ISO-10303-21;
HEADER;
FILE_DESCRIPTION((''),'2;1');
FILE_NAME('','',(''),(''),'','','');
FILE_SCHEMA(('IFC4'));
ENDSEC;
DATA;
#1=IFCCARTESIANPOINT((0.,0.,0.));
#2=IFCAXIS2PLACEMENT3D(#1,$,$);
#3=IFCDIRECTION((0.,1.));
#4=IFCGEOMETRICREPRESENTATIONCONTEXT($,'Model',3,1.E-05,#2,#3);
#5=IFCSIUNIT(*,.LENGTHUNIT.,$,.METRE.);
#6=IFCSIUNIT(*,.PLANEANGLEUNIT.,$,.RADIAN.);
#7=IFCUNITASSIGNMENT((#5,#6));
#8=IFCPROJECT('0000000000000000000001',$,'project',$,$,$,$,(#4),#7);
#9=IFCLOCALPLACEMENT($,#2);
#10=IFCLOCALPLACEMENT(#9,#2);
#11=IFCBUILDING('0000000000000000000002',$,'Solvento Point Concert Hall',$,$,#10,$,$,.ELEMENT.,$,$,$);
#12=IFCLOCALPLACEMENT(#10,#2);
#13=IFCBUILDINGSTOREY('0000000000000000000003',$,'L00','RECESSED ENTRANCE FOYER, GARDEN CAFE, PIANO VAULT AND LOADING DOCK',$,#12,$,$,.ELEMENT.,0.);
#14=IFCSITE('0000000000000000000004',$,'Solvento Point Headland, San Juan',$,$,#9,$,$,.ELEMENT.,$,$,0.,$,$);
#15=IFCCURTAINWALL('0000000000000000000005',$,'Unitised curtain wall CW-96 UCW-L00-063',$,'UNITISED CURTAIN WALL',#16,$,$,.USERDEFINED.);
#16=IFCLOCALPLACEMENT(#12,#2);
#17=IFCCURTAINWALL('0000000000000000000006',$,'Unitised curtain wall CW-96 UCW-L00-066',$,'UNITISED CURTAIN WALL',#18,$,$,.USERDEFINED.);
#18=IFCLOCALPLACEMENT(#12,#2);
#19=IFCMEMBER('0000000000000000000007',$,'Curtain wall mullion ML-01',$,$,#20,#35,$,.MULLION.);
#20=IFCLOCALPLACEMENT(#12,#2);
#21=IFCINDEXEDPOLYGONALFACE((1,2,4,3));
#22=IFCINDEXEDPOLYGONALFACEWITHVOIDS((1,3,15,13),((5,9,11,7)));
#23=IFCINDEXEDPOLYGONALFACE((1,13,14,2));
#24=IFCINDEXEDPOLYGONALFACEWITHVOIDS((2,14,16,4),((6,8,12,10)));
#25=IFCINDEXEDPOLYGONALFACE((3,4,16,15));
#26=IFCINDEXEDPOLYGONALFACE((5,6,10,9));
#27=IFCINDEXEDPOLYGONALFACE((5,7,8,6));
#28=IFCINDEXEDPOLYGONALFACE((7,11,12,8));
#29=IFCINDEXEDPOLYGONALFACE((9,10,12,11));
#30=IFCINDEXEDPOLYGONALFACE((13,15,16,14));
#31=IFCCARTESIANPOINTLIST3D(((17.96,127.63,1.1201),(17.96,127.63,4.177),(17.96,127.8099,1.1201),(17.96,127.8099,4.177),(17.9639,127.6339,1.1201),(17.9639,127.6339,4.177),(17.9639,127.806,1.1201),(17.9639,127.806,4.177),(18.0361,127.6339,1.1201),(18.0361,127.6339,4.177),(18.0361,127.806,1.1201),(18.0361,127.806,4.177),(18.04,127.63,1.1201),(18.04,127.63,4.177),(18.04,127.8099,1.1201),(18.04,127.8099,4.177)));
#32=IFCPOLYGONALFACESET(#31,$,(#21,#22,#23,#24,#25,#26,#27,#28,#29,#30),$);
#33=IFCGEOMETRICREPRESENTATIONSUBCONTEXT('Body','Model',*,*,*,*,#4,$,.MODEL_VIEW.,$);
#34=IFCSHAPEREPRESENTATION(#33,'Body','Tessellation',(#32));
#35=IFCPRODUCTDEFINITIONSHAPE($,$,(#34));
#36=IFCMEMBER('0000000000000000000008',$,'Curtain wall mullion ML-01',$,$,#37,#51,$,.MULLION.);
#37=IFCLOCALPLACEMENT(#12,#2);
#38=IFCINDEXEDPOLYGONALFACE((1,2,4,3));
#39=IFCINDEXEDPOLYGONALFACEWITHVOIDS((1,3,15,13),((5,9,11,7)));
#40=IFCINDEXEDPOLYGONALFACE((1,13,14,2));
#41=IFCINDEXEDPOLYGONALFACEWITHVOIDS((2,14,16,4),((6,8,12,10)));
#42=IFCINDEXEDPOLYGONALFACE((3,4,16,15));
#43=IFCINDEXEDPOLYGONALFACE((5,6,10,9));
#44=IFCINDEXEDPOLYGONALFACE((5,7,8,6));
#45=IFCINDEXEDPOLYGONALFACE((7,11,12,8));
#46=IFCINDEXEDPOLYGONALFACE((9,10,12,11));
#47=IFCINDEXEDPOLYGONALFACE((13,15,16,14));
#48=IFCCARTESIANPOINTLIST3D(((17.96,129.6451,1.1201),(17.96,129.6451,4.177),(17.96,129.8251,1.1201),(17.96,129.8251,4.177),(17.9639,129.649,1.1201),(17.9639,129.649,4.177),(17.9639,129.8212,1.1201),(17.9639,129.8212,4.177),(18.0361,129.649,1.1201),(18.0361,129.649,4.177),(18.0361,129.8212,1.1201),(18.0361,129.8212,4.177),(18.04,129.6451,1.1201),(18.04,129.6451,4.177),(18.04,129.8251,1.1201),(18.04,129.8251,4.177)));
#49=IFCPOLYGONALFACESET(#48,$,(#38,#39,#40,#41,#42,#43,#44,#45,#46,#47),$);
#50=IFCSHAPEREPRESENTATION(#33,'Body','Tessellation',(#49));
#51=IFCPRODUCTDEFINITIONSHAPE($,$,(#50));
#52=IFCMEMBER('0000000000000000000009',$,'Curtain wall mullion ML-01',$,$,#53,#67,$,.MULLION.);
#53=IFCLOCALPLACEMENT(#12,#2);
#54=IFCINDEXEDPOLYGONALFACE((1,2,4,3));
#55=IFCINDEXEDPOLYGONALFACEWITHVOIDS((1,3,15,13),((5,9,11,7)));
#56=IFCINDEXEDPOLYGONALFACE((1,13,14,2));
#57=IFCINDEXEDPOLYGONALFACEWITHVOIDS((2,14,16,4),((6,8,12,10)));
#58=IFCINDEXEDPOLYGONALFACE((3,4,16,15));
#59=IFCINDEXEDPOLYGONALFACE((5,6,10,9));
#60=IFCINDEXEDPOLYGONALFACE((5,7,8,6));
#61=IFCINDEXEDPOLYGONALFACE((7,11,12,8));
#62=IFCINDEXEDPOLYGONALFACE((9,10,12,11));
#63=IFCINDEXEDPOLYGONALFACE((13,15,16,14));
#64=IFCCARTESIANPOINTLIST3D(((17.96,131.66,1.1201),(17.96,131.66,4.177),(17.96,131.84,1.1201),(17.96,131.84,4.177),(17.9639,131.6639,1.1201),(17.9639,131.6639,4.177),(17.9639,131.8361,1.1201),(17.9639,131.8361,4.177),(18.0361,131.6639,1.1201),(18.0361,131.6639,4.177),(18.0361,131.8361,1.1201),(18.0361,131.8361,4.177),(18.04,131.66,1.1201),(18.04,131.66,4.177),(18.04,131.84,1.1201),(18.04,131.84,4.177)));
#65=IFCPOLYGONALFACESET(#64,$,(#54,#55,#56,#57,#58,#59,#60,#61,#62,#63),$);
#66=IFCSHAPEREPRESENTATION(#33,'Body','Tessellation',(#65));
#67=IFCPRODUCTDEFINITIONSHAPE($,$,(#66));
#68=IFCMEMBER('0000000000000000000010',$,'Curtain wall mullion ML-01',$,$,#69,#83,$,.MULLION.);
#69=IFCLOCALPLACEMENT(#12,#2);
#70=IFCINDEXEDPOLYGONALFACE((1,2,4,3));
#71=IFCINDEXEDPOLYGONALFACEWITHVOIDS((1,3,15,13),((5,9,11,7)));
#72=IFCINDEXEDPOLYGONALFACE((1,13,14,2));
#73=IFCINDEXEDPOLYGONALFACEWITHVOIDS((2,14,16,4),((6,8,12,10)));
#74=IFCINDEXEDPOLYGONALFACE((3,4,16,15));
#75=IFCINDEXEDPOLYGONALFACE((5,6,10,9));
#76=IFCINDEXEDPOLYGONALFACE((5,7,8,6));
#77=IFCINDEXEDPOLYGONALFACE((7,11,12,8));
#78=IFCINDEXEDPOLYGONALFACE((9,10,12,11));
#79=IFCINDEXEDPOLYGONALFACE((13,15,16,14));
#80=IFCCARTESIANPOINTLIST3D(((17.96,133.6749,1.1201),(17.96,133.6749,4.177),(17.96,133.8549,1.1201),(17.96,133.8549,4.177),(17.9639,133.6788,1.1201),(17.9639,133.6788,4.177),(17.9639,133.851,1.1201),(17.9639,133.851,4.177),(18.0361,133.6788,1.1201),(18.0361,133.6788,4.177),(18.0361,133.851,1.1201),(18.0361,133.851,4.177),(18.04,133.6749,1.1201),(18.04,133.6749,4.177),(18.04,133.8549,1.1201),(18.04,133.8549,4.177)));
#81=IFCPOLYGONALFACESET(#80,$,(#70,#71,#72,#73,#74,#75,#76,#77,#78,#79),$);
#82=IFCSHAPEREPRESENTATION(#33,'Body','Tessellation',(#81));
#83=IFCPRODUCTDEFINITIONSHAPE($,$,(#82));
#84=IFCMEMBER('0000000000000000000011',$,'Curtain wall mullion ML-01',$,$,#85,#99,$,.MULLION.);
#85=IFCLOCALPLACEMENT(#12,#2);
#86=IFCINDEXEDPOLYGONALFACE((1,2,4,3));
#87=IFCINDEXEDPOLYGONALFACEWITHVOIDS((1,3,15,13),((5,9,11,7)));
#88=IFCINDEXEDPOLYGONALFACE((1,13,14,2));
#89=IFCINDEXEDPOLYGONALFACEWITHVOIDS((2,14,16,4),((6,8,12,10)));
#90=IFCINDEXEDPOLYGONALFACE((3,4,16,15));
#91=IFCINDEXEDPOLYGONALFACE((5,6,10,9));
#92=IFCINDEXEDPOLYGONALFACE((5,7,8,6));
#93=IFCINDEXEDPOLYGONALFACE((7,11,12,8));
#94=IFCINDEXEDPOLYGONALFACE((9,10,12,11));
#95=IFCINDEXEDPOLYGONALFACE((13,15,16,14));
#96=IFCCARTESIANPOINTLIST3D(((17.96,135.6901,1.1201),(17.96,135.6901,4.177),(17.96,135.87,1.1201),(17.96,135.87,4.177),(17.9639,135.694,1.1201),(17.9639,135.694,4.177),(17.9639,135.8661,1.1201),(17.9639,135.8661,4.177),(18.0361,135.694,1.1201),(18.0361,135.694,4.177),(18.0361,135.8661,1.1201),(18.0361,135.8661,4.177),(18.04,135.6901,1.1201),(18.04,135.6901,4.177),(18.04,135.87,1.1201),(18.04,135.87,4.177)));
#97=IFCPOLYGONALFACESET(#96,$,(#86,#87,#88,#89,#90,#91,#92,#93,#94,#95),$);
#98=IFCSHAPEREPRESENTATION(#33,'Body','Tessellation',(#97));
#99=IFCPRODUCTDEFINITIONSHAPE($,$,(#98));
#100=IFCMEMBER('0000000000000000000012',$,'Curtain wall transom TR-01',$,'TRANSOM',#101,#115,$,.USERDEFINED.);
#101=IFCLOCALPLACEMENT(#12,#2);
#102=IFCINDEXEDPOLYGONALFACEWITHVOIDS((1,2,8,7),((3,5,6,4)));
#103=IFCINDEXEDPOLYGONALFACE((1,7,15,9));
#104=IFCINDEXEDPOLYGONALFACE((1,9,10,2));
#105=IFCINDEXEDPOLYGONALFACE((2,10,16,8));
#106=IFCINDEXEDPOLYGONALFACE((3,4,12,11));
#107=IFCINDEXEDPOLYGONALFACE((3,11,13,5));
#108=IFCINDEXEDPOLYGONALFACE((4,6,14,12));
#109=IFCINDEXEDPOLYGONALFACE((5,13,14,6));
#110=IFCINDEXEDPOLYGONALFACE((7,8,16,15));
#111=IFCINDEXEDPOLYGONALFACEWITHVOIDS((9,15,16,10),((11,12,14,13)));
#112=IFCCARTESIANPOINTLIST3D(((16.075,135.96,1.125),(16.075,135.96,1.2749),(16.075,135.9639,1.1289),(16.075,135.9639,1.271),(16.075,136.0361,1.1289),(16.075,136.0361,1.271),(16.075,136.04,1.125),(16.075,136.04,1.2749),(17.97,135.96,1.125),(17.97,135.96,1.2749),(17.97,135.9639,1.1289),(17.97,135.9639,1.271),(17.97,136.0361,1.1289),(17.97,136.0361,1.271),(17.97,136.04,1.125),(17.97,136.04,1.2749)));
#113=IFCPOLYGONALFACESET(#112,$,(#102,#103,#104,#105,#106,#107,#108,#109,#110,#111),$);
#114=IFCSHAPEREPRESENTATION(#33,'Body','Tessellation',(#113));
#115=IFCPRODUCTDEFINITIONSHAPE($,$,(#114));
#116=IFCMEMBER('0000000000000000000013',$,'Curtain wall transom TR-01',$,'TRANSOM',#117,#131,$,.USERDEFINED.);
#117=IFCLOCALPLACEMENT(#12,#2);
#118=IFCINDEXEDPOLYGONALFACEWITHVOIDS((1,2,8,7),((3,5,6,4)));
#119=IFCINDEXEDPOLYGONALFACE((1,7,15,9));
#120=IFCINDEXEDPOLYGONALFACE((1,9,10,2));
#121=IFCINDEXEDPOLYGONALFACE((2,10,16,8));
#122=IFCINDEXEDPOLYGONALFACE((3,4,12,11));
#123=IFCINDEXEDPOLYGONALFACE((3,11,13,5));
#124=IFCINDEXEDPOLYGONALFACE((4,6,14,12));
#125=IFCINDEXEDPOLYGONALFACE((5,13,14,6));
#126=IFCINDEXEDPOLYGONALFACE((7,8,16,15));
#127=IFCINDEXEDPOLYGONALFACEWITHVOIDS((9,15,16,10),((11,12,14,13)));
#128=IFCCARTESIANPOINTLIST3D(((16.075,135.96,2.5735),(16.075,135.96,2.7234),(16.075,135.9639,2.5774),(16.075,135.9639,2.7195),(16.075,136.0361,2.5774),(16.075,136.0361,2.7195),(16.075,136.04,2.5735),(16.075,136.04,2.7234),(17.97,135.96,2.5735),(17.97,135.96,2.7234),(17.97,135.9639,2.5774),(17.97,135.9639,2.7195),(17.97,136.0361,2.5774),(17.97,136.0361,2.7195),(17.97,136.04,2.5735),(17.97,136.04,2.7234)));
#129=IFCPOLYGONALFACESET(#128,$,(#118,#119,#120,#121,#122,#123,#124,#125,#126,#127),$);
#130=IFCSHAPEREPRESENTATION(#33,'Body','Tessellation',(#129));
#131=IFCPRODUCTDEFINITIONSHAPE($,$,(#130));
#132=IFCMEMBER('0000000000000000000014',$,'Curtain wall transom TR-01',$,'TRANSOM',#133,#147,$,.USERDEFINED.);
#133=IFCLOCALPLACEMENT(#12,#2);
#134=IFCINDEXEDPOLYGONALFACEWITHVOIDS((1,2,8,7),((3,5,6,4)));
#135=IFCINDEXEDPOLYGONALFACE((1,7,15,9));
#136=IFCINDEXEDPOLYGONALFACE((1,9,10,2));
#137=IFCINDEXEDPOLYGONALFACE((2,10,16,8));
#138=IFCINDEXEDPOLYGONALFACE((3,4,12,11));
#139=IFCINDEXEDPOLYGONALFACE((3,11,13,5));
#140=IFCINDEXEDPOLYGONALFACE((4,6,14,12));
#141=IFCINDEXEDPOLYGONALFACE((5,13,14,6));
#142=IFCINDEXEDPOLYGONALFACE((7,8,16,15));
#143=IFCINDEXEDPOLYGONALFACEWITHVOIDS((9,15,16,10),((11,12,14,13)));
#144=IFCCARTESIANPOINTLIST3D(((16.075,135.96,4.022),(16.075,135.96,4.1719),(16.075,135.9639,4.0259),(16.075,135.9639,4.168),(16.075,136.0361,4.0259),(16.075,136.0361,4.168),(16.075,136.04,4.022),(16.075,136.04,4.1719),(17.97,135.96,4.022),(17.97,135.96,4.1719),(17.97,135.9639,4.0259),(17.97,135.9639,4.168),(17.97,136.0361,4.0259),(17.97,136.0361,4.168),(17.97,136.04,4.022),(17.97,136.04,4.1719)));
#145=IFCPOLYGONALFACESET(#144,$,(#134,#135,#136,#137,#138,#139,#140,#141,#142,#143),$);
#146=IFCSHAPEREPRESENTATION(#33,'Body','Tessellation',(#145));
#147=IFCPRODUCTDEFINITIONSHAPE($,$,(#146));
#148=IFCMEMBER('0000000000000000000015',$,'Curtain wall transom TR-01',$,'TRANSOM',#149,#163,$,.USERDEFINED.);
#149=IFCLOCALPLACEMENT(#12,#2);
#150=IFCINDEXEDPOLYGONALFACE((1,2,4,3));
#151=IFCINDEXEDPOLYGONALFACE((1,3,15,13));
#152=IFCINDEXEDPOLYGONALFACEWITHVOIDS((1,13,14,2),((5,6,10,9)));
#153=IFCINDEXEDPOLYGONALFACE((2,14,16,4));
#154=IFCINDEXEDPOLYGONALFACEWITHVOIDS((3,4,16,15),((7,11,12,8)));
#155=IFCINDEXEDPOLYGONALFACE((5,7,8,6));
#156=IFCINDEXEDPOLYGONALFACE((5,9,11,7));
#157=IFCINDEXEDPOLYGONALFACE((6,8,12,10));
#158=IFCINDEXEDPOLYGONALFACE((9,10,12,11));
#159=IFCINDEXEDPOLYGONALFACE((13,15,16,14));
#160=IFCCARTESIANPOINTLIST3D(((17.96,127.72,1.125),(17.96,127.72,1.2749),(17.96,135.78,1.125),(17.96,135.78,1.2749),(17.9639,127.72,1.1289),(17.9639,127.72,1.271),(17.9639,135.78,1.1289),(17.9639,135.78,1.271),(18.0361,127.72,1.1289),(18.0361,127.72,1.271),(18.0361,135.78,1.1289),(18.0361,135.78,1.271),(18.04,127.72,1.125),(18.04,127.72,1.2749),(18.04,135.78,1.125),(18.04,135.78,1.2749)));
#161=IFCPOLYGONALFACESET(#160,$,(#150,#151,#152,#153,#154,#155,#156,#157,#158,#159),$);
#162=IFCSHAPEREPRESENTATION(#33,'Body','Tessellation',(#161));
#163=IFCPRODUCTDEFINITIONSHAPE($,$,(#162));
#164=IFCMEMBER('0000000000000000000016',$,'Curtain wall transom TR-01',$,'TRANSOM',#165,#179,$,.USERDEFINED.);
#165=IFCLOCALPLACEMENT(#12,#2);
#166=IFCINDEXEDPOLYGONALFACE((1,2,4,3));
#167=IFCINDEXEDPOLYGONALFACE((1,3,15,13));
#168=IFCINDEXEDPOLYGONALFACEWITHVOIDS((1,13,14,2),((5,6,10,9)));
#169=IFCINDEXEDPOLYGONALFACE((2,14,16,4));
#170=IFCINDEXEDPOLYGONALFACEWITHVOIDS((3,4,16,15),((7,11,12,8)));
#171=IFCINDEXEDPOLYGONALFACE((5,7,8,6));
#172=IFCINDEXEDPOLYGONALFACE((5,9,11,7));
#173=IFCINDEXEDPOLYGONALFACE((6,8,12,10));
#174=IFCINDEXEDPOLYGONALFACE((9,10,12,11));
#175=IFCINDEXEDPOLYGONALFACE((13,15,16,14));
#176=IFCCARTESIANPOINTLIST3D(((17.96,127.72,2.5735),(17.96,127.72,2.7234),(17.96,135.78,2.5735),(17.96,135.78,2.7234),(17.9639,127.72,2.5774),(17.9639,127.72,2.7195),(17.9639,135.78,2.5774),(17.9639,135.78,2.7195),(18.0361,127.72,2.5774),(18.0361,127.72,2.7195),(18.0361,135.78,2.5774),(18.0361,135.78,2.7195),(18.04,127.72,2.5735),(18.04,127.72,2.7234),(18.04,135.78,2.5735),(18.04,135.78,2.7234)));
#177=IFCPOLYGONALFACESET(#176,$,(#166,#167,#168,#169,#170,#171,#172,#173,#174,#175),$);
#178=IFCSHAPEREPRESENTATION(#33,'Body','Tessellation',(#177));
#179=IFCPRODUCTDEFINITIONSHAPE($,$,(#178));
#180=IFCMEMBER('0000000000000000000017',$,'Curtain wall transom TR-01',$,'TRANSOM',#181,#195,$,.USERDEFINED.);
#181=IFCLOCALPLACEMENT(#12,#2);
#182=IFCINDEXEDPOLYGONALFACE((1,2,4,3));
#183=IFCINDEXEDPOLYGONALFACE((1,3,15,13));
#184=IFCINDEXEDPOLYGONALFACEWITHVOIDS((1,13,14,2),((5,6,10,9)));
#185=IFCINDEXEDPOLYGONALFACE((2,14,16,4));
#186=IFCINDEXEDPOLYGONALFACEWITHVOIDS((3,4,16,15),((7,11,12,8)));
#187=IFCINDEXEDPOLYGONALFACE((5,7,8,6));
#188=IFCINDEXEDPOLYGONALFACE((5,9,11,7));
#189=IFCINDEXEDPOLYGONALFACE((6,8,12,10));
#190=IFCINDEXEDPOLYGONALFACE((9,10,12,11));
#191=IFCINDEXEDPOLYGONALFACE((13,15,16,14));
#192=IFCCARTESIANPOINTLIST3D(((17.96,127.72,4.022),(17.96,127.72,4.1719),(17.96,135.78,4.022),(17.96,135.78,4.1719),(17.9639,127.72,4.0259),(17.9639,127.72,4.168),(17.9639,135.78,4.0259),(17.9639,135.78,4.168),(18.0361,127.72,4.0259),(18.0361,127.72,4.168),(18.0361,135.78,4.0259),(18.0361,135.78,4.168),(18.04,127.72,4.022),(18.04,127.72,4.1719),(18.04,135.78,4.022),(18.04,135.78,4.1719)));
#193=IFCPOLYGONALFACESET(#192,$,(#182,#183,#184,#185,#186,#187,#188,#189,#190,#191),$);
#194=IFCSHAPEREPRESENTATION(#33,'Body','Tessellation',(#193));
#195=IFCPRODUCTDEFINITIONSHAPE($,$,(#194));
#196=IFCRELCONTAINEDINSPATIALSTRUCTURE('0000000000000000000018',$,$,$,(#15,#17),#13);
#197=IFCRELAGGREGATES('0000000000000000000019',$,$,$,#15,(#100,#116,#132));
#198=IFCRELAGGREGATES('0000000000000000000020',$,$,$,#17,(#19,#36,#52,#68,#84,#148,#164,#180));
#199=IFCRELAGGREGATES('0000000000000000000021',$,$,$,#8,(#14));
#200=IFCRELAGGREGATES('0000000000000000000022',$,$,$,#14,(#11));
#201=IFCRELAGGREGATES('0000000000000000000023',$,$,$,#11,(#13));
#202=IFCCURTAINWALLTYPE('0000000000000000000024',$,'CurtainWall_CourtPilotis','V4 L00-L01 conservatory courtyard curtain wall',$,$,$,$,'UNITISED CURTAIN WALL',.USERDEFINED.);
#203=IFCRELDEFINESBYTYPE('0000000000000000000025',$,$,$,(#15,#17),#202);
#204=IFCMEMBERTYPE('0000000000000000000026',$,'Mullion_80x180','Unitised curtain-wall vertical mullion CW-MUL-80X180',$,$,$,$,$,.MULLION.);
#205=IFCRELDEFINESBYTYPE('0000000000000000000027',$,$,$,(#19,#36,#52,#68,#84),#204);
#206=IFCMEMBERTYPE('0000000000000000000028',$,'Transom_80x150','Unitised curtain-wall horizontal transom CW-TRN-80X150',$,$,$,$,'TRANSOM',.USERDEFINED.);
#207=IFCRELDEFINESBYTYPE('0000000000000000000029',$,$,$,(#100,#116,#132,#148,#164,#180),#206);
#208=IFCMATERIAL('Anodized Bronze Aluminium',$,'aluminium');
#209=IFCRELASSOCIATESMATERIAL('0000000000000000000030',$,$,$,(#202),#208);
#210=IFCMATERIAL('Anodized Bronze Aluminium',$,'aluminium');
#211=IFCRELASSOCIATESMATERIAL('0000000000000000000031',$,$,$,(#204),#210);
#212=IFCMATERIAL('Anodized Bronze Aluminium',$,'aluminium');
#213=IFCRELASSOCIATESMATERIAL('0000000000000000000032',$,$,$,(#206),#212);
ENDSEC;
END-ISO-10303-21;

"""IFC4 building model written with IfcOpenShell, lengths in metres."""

from ifc_helpers import new_model, si_unit, direction, frame, origin, origin_2d, place, context, subcontext, project, spatial, hollow_rectangle, extrude, material, material_profile, profile_set, type_object, element, aggregate, save


model = new_model("IFC4")

# Units and contexts
model_context = context("Model", 3, precision=1e-05, world=origin(), true_north=direction((0.0, 1.0)))
body_context = subcontext(model_context, "Body", "Model", "MODEL_VIEW")
ifc_project = project(units=[si_unit("LENGTHUNIT", "METRE"), si_unit("PLANEANGLEUNIT", "RADIAN")], contexts=[model_context])

# Site, building, storey
site_placement = place(None, origin())
site = spatial("IfcSite", under=ifc_project, at=site_placement, Name="Solvento Point Headland, San Juan", CompositionType="ELEMENT", RefElevation=0.0)
building_placement = place(site_placement, origin())
building = spatial("IfcBuilding", under=site, at=building_placement, Name="Solvento Point Concert Hall", CompositionType="ELEMENT")
storey_placement = place(building_placement, origin())
storey = spatial("IfcBuildingStorey", under=building, at=storey_placement, Name="L00", Description="RECESSED ENTRANCE FOYER, GARDEN CAFE, PIANO VAULT AND LOADING DOCK", CompositionType="ELEMENT", Elevation=0.0)

# Curtain walls, members
ifc_material_1 = material(Name="Anodized Bronze Aluminium", Category="aluminium")
curtain_wall_type = type_object("IfcCurtainWallType", Name="CurtainWall_CourtPilotis", Description="V4 L00-L01 conservatory courtyard curtain wall", ElementType="UNITISED CURTAIN WALL", PredefinedType="USERDEFINED", material=ifc_material_1)
curtain_wall_1_placement = place(storey_placement, origin())
curtain_wall_1 = element("IfcCurtainWall", 1, at=curtain_wall_1_placement, inside=storey, type_object=curtain_wall_type, Name="Unitised curtain wall CW-96 UCW-L00-063", ObjectType="UNITISED CURTAIN WALL", PredefinedType="USERDEFINED")
ifc_material_2 = material(Name="Anodized Bronze Aluminium", Category="aluminium")
ifc_material_profile_1 = material_profile(ifc_material_2, hollow_rectangle(XDim=0.0801, YDim=0.1799, WallThickness=0.0039, at=origin_2d()), Name="CW-MUL-80X180")
ifc_profile_set_1 = profile_set([ifc_material_profile_1], Name="Anodized Bronze Aluminium")
member_type_1 = type_object("IfcMemberType", Name="Mullion_80x180", Description="Unitised curtain-wall vertical mullion CW-MUL-80X180", PredefinedType="MULLION", material=ifc_profile_set_1)
curtain_wall_2_placement = place(storey_placement, origin())
curtain_wall_2 = element("IfcCurtainWall", 2, at=curtain_wall_2_placement, inside=storey, type_object=curtain_wall_type, Name="Unitised curtain wall CW-96 UCW-L00-066", ObjectType="UNITISED CURTAIN WALL", PredefinedType="USERDEFINED")
member_1_placement = place(storey_placement, frame((18.0, 127.72, 1.1201), z_axis=(0.0, 0.0, 1.0), x_axis=(1.0, 0.0, 0.0)))
member_1 = element("IfcMember", 3, at=member_1_placement, type_object=member_type_1, Name="Curtain wall mullion ML-01", PredefinedType="MULLION", context=body_context, shape_type="SweptSolid", body=[
    extrude(hollow_rectangle(XDim=0.0801, YDim=0.1799, WallThickness=0.0039, at=origin_2d()), origin(), (0.0, 0.0, 1.0), 3.0569),
])
member_2_placement = place(storey_placement, frame((18.0, 129.7351, 1.1201), z_axis=(0.0, 0.0, 1.0), x_axis=(1.0, 0.0, 0.0)))
member_2 = element("IfcMember", 4, at=member_2_placement, type_object=member_type_1, Name="Curtain wall mullion ML-01", PredefinedType="MULLION", context=body_context, shape_type="SweptSolid", body=[
    extrude(hollow_rectangle(XDim=0.0801, YDim=0.1799, WallThickness=0.0039, at=origin_2d()), origin(), (0.0, 0.0, 1.0), 3.0569),
])
member_3_placement = place(storey_placement, frame((18.0, 131.75, 1.1201), z_axis=(0.0, 0.0, 1.0), x_axis=(1.0, 0.0, 0.0)))
member_3 = element("IfcMember", 5, at=member_3_placement, type_object=member_type_1, Name="Curtain wall mullion ML-01", PredefinedType="MULLION", context=body_context, shape_type="SweptSolid", body=[
    extrude(hollow_rectangle(XDim=0.0801, YDim=0.1799, WallThickness=0.0039, at=origin_2d()), origin(), (0.0, 0.0, 1.0), 3.0569),
])
member_4_placement = place(storey_placement, frame((18.0, 133.7649, 1.1201), z_axis=(0.0, 0.0, 1.0), x_axis=(1.0, 0.0, 0.0)))
member_4 = element("IfcMember", 6, at=member_4_placement, type_object=member_type_1, Name="Curtain wall mullion ML-01", PredefinedType="MULLION", context=body_context, shape_type="SweptSolid", body=[
    extrude(hollow_rectangle(XDim=0.0801, YDim=0.1799, WallThickness=0.0039, at=origin_2d()), origin(), (0.0, 0.0, 1.0), 3.0569),
])
member_5_placement = place(storey_placement, frame((18.0, 135.78, 1.1201), z_axis=(0.0, 0.0, 1.0), x_axis=(1.0, 0.0, 0.0)))
member_5 = element("IfcMember", 7, at=member_5_placement, type_object=member_type_1, Name="Curtain wall mullion ML-01", PredefinedType="MULLION", context=body_context, shape_type="SweptSolid", body=[
    extrude(hollow_rectangle(XDim=0.0801, YDim=0.1799, WallThickness=0.0039, at=origin_2d()), origin(), (0.0, 0.0, 1.0), 3.0569),
])

# Members
ifc_material_3 = material(Name="Anodized Bronze Aluminium", Category="aluminium")
ifc_material_profile_2 = material_profile(ifc_material_3, hollow_rectangle(XDim=0.0801, YDim=0.1499, WallThickness=0.0039, at=origin_2d()), Name="CW-TRN-80X150")
ifc_profile_set_2 = profile_set([ifc_material_profile_2], Name="Anodized Bronze Aluminium")
member_type_2 = type_object("IfcMemberType", Name="Transom_80x150", Description="Unitised curtain-wall horizontal transom CW-TRN-80X150", ElementType="TRANSOM", PredefinedType="USERDEFINED", material=ifc_profile_set_2)
member_6_placement = place(storey_placement, frame((16.075, 136.0, 1.2), z_axis=(1.0, 0.0, 0.0), x_axis=(0.0, 1.0, 0.0)))
member_6 = element("IfcMember", 8, at=member_6_placement, type_object=member_type_2, Name="Curtain wall transom TR-01", ObjectType="TRANSOM", PredefinedType="USERDEFINED", context=body_context, shape_type="SweptSolid", body=[
    extrude(hollow_rectangle(XDim=0.0801, YDim=0.1499, WallThickness=0.0039, at=origin_2d()), origin(), (0.0, 0.0, 1.0), 1.895),
])
member_7_placement = place(storey_placement, frame((16.075, 136.0, 2.6484), z_axis=(1.0, 0.0, 0.0), x_axis=(0.0, 1.0, 0.0)))
member_7 = element("IfcMember", 9, at=member_7_placement, type_object=member_type_2, Name="Curtain wall transom TR-01", ObjectType="TRANSOM", PredefinedType="USERDEFINED", context=body_context, shape_type="SweptSolid", body=[
    extrude(hollow_rectangle(XDim=0.0801, YDim=0.1499, WallThickness=0.0039, at=origin_2d()), origin(), (0.0, 0.0, 1.0), 1.895),
])
member_8_placement = place(storey_placement, frame((16.075, 136.0, 4.0969), z_axis=(1.0, 0.0, 0.0), x_axis=(0.0, 1.0, 0.0)))
member_8 = element("IfcMember", 10, at=member_8_placement, type_object=member_type_2, Name="Curtain wall transom TR-01", ObjectType="TRANSOM", PredefinedType="USERDEFINED", context=body_context, shape_type="SweptSolid", body=[
    extrude(hollow_rectangle(XDim=0.0801, YDim=0.1499, WallThickness=0.0039, at=origin_2d()), origin(), (0.0, 0.0, 1.0), 1.895),
])
member_9_placement = place(storey_placement, frame((18.0, 127.72, 1.2), z_axis=(0.0, 1.0, 0.0), x_axis=(-1.0, 0.0, 0.0)))
member_9 = element("IfcMember", 11, at=member_9_placement, type_object=member_type_2, Name="Curtain wall transom TR-01", ObjectType="TRANSOM", PredefinedType="USERDEFINED", context=body_context, shape_type="SweptSolid", body=[
    extrude(hollow_rectangle(XDim=0.0801, YDim=0.1499, WallThickness=0.0039, at=origin_2d()), origin(), (0.0, 0.0, 1.0), 8.0601),
])
member_10_placement = place(storey_placement, frame((18.0, 127.72, 2.6484), z_axis=(0.0, 1.0, 0.0), x_axis=(-1.0, 0.0, 0.0)))
member_10 = element("IfcMember", 12, at=member_10_placement, type_object=member_type_2, Name="Curtain wall transom TR-01", ObjectType="TRANSOM", PredefinedType="USERDEFINED", context=body_context, shape_type="SweptSolid", body=[
    extrude(hollow_rectangle(XDim=0.0801, YDim=0.1499, WallThickness=0.0039, at=origin_2d()), origin(), (0.0, 0.0, 1.0), 8.0601),
])
member_11_placement = place(storey_placement, frame((18.0, 127.72, 4.0969), z_axis=(0.0, 1.0, 0.0), x_axis=(-1.0, 0.0, 0.0)))
member_11 = element("IfcMember", 13, at=member_11_placement, type_object=member_type_2, Name="Curtain wall transom TR-01", ObjectType="TRANSOM", PredefinedType="USERDEFINED", context=body_context, shape_type="SweptSolid", body=[
    extrude(hollow_rectangle(XDim=0.0801, YDim=0.1499, WallThickness=0.0039, at=origin_2d()), origin(), (0.0, 0.0, 1.0), 8.0601),
])

aggregate(curtain_wall_1, [member_6, member_7, member_8])
aggregate(curtain_wall_2, [member_1, member_2, member_3, member_4, member_5, member_9, member_10, member_11])

save(model, "model.ifc")
